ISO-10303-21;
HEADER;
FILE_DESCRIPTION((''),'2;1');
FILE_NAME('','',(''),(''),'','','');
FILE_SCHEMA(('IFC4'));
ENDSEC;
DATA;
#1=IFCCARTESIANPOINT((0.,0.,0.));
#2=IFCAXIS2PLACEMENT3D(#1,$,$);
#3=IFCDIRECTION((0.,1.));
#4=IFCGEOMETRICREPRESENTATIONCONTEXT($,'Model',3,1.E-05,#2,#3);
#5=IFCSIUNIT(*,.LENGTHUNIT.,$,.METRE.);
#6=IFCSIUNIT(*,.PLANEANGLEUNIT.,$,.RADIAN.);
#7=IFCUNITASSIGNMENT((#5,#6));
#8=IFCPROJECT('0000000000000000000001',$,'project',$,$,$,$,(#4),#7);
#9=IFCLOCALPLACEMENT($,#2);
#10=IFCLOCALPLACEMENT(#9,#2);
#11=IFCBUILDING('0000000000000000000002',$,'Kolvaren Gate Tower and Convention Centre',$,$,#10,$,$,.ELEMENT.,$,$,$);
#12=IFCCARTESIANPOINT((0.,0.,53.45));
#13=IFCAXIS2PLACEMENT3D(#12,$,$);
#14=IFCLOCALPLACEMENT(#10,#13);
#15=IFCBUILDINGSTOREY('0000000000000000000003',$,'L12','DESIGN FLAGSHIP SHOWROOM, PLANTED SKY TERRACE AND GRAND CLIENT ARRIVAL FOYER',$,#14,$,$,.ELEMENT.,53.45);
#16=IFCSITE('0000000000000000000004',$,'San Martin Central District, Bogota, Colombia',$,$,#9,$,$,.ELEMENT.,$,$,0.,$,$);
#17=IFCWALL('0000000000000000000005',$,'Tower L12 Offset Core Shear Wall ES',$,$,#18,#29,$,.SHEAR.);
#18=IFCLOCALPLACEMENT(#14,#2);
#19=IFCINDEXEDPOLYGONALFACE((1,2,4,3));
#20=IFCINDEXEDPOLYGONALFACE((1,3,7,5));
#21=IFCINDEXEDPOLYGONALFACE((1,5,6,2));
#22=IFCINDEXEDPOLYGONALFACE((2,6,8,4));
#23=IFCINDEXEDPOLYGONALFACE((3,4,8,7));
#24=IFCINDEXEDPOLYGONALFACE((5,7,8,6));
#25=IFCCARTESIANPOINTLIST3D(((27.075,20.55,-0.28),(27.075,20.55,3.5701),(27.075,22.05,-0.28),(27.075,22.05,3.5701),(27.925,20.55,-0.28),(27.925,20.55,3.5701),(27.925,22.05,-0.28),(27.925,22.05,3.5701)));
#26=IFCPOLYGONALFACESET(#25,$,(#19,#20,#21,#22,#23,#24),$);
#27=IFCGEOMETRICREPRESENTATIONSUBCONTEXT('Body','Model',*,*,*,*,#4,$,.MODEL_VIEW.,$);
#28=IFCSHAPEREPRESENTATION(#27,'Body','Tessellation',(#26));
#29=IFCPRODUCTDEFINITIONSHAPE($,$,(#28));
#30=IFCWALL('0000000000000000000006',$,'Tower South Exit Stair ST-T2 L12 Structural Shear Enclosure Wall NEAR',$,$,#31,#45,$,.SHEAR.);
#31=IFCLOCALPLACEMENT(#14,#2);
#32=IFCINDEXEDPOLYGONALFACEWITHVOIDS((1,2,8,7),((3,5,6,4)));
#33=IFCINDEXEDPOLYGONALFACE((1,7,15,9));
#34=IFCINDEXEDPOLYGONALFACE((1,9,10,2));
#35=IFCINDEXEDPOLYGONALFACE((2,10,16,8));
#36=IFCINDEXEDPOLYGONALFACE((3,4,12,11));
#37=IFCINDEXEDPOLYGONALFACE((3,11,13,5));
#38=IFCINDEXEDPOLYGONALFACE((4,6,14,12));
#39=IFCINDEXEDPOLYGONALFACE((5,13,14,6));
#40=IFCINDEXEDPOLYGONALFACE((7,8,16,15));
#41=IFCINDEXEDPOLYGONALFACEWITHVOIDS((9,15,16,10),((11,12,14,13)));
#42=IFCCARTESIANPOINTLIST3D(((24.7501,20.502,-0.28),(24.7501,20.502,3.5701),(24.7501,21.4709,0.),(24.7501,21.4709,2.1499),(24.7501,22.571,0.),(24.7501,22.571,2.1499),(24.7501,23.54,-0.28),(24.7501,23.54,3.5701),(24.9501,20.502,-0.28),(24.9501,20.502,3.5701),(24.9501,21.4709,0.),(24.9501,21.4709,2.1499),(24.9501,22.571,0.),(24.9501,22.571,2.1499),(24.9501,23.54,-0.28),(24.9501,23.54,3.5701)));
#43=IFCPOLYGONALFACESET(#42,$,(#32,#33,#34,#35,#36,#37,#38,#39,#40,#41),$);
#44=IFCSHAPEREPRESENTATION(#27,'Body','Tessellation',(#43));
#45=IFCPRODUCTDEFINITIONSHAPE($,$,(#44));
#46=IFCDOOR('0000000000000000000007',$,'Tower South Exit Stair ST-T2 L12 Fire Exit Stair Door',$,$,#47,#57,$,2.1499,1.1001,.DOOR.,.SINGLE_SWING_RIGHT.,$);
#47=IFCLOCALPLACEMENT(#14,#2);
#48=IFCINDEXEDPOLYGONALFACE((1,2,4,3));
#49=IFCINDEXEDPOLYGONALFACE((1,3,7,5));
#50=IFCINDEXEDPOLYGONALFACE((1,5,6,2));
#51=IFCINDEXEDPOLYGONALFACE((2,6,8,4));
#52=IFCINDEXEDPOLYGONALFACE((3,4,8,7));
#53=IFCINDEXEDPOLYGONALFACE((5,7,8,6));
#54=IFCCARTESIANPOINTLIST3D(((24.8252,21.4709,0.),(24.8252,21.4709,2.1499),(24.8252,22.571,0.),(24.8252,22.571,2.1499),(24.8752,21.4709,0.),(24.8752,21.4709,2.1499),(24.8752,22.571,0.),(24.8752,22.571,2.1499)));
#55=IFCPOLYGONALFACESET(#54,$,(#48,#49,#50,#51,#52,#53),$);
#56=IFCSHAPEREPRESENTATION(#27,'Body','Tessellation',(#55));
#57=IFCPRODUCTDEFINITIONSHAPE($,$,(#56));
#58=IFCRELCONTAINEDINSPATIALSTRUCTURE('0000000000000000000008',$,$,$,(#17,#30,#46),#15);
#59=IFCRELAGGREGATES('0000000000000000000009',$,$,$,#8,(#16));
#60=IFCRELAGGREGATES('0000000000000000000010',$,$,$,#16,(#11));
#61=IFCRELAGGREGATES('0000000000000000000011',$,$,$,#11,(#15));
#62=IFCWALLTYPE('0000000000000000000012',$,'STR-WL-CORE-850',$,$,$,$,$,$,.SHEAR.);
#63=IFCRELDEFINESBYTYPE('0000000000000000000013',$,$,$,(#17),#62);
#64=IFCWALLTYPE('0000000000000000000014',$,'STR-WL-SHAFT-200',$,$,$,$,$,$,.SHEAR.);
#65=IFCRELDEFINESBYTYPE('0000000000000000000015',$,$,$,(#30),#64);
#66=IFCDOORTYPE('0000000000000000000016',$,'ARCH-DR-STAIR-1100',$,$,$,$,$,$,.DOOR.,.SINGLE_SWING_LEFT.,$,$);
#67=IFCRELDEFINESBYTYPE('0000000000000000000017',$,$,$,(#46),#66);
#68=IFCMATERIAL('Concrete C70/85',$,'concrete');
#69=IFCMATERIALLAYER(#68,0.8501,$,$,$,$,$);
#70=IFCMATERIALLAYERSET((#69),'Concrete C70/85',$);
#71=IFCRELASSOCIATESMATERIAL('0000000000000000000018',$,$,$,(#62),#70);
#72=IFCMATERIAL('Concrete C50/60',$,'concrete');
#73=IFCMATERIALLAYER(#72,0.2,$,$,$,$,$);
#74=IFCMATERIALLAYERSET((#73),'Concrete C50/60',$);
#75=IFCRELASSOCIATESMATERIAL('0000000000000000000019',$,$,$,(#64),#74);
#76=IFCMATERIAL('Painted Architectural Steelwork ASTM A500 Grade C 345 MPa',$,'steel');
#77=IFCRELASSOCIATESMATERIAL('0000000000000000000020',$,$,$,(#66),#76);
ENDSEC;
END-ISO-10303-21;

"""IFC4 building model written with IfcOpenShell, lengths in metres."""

from ifc_helpers import new_model, si_unit, direction, frame, frame_2d, origin, place, context, subcontext, project, spatial, rectangle, extrude, material, layer, layer_set, type_object, element, fill, save


model = new_model("IFC4")

# Units and contexts
model_context = context("Model", 3, precision=1e-05, world=origin(), true_north=direction((0.0, 1.0)))
body_context = subcontext(model_context, "Body", "Model", "MODEL_VIEW")
ifc_project = project(units=[si_unit("LENGTHUNIT", "METRE"), si_unit("PLANEANGLEUNIT", "RADIAN")], contexts=[model_context])

# Site, building, storey
site_placement = place(None, origin())
site = spatial("IfcSite", under=ifc_project, at=site_placement, Name="San Martin Central District, Bogota, Colombia", CompositionType="ELEMENT", RefElevation=0.0)
building_placement = place(site_placement, origin())
building = spatial("IfcBuilding", under=site, at=building_placement, Name="Kolvaren Gate Tower and Convention Centre", CompositionType="ELEMENT")
storey_placement = place(building_placement, frame((0.0, 0.0, 53.45)))
storey = spatial("IfcBuildingStorey", under=building, at=storey_placement, Name="L12", Description="DESIGN FLAGSHIP SHOWROOM, PLANTED SKY TERRACE AND GRAND CLIENT ARRIVAL FOYER", CompositionType="ELEMENT", Elevation=53.45)

# Shared definitions
ifc_material_1 = material(Name="Painted Architectural Steelwork ASTM A500 Grade C 345 MPa", Category="steel")

# Wall
ifc_material_2 = material(Name="Concrete C70/85", Category="concrete")
ifc_layer_1 = layer(ifc_material_2, 0.8501)
ifc_layer_set_1 = layer_set([ifc_layer_1], Name="Concrete C70/85")
wall_type_1 = type_object("IfcWallType", Name="STR-WL-CORE-850", PredefinedType="SHEAR", material=ifc_layer_set_1)
wall_1_placement = place(storey_placement, frame((27.5, 20.55, -0.28), z_axis=(0.0, 0.0, 1.0), x_axis=(0.0, 1.0, 0.0)))
element("IfcWall", 1, at=wall_1_placement, inside=storey, type_object=wall_type_1, Name="Tower L12 Offset Core Shear Wall ES", PredefinedType="SHEAR", context=body_context, shape_type="SweptSolid", body=[
    extrude(rectangle(XDim=1.5, YDim=0.8501, at=frame_2d((0.75, 0.0))), origin(), (0.0, 0.0, 1.0), 3.8501),
])

# Wall, opening, door
ifc_material_3 = material(Name="Concrete C50/60", Category="concrete")
ifc_layer_2 = layer(ifc_material_3, 0.2)
ifc_layer_set_2 = layer_set([ifc_layer_2], Name="Concrete C50/60")
wall_type_2 = type_object("IfcWallType", Name="STR-WL-SHAFT-200", PredefinedType="SHEAR", material=ifc_layer_set_2)
wall_2_placement = place(storey_placement, frame((24.8501, 20.502, -0.28), z_axis=(0.0, 0.0, 1.0), x_axis=(0.0, 1.0, 0.0)))
wall_2 = element("IfcWall", 2, at=wall_2_placement, inside=storey, type_object=wall_type_2, Name="Tower South Exit Stair ST-T2 L12 Structural Shear Enclosure Wall NEAR", PredefinedType="SHEAR", context=body_context, shape_type="SweptSolid", body=[
    extrude(rectangle(XDim=3.0381, YDim=0.2, at=frame_2d((1.519, 0.0))), origin(), (0.0, 0.0, 1.0), 3.8501),
])
opening_1_placement = place(wall_2_placement, frame((0.969, 0.0, 0.28)))
opening_1 = element("IfcOpeningElement", 3, at=opening_1_placement, cuts=wall_2, PredefinedType="OPENING", context=body_context, shape_type="SweptSolid", body=[
    extrude(rectangle(XDim=1.1001, YDim=2.1499, at=frame_2d((0.55, 1.075))), frame((0.0, 0.1099, 0.0), z_axis=(0.0, -1.0, 0.0), x_axis=(1.0, 0.0, 0.0)), (0.0, 0.0, 1.0), 0.22),
])
door_type_1 = type_object("IfcDoorType", Name="ARCH-DR-STAIR-1100", OperationType="SINGLE_SWING_LEFT", PredefinedType="DOOR", material=ifc_material_1)
door_1_placement = place(opening_1_placement, origin())
door_1 = element("IfcDoor", 4, at=door_1_placement, inside=storey, type_object=door_type_1, Name="Tower South Exit Stair ST-T2 L12 Fire Exit Stair Door", OperationType="SINGLE_SWING_RIGHT", OverallHeight=2.1499, OverallWidth=1.1001, PredefinedType="DOOR", context=body_context, shape_type="SweptSolid", body=[
    extrude(rectangle(XDim=1.1001, YDim=2.1499, at=frame_2d((0.55, 1.075))), frame((0.0, 0.0249, 0.0), z_axis=(0.0, -1.0, 0.0), x_axis=(1.0, 0.0, 0.0)), (0.0, 0.0, 1.0), 0.05),
])
fill(opening_1, door_1)

save(model, "model.ifc")
